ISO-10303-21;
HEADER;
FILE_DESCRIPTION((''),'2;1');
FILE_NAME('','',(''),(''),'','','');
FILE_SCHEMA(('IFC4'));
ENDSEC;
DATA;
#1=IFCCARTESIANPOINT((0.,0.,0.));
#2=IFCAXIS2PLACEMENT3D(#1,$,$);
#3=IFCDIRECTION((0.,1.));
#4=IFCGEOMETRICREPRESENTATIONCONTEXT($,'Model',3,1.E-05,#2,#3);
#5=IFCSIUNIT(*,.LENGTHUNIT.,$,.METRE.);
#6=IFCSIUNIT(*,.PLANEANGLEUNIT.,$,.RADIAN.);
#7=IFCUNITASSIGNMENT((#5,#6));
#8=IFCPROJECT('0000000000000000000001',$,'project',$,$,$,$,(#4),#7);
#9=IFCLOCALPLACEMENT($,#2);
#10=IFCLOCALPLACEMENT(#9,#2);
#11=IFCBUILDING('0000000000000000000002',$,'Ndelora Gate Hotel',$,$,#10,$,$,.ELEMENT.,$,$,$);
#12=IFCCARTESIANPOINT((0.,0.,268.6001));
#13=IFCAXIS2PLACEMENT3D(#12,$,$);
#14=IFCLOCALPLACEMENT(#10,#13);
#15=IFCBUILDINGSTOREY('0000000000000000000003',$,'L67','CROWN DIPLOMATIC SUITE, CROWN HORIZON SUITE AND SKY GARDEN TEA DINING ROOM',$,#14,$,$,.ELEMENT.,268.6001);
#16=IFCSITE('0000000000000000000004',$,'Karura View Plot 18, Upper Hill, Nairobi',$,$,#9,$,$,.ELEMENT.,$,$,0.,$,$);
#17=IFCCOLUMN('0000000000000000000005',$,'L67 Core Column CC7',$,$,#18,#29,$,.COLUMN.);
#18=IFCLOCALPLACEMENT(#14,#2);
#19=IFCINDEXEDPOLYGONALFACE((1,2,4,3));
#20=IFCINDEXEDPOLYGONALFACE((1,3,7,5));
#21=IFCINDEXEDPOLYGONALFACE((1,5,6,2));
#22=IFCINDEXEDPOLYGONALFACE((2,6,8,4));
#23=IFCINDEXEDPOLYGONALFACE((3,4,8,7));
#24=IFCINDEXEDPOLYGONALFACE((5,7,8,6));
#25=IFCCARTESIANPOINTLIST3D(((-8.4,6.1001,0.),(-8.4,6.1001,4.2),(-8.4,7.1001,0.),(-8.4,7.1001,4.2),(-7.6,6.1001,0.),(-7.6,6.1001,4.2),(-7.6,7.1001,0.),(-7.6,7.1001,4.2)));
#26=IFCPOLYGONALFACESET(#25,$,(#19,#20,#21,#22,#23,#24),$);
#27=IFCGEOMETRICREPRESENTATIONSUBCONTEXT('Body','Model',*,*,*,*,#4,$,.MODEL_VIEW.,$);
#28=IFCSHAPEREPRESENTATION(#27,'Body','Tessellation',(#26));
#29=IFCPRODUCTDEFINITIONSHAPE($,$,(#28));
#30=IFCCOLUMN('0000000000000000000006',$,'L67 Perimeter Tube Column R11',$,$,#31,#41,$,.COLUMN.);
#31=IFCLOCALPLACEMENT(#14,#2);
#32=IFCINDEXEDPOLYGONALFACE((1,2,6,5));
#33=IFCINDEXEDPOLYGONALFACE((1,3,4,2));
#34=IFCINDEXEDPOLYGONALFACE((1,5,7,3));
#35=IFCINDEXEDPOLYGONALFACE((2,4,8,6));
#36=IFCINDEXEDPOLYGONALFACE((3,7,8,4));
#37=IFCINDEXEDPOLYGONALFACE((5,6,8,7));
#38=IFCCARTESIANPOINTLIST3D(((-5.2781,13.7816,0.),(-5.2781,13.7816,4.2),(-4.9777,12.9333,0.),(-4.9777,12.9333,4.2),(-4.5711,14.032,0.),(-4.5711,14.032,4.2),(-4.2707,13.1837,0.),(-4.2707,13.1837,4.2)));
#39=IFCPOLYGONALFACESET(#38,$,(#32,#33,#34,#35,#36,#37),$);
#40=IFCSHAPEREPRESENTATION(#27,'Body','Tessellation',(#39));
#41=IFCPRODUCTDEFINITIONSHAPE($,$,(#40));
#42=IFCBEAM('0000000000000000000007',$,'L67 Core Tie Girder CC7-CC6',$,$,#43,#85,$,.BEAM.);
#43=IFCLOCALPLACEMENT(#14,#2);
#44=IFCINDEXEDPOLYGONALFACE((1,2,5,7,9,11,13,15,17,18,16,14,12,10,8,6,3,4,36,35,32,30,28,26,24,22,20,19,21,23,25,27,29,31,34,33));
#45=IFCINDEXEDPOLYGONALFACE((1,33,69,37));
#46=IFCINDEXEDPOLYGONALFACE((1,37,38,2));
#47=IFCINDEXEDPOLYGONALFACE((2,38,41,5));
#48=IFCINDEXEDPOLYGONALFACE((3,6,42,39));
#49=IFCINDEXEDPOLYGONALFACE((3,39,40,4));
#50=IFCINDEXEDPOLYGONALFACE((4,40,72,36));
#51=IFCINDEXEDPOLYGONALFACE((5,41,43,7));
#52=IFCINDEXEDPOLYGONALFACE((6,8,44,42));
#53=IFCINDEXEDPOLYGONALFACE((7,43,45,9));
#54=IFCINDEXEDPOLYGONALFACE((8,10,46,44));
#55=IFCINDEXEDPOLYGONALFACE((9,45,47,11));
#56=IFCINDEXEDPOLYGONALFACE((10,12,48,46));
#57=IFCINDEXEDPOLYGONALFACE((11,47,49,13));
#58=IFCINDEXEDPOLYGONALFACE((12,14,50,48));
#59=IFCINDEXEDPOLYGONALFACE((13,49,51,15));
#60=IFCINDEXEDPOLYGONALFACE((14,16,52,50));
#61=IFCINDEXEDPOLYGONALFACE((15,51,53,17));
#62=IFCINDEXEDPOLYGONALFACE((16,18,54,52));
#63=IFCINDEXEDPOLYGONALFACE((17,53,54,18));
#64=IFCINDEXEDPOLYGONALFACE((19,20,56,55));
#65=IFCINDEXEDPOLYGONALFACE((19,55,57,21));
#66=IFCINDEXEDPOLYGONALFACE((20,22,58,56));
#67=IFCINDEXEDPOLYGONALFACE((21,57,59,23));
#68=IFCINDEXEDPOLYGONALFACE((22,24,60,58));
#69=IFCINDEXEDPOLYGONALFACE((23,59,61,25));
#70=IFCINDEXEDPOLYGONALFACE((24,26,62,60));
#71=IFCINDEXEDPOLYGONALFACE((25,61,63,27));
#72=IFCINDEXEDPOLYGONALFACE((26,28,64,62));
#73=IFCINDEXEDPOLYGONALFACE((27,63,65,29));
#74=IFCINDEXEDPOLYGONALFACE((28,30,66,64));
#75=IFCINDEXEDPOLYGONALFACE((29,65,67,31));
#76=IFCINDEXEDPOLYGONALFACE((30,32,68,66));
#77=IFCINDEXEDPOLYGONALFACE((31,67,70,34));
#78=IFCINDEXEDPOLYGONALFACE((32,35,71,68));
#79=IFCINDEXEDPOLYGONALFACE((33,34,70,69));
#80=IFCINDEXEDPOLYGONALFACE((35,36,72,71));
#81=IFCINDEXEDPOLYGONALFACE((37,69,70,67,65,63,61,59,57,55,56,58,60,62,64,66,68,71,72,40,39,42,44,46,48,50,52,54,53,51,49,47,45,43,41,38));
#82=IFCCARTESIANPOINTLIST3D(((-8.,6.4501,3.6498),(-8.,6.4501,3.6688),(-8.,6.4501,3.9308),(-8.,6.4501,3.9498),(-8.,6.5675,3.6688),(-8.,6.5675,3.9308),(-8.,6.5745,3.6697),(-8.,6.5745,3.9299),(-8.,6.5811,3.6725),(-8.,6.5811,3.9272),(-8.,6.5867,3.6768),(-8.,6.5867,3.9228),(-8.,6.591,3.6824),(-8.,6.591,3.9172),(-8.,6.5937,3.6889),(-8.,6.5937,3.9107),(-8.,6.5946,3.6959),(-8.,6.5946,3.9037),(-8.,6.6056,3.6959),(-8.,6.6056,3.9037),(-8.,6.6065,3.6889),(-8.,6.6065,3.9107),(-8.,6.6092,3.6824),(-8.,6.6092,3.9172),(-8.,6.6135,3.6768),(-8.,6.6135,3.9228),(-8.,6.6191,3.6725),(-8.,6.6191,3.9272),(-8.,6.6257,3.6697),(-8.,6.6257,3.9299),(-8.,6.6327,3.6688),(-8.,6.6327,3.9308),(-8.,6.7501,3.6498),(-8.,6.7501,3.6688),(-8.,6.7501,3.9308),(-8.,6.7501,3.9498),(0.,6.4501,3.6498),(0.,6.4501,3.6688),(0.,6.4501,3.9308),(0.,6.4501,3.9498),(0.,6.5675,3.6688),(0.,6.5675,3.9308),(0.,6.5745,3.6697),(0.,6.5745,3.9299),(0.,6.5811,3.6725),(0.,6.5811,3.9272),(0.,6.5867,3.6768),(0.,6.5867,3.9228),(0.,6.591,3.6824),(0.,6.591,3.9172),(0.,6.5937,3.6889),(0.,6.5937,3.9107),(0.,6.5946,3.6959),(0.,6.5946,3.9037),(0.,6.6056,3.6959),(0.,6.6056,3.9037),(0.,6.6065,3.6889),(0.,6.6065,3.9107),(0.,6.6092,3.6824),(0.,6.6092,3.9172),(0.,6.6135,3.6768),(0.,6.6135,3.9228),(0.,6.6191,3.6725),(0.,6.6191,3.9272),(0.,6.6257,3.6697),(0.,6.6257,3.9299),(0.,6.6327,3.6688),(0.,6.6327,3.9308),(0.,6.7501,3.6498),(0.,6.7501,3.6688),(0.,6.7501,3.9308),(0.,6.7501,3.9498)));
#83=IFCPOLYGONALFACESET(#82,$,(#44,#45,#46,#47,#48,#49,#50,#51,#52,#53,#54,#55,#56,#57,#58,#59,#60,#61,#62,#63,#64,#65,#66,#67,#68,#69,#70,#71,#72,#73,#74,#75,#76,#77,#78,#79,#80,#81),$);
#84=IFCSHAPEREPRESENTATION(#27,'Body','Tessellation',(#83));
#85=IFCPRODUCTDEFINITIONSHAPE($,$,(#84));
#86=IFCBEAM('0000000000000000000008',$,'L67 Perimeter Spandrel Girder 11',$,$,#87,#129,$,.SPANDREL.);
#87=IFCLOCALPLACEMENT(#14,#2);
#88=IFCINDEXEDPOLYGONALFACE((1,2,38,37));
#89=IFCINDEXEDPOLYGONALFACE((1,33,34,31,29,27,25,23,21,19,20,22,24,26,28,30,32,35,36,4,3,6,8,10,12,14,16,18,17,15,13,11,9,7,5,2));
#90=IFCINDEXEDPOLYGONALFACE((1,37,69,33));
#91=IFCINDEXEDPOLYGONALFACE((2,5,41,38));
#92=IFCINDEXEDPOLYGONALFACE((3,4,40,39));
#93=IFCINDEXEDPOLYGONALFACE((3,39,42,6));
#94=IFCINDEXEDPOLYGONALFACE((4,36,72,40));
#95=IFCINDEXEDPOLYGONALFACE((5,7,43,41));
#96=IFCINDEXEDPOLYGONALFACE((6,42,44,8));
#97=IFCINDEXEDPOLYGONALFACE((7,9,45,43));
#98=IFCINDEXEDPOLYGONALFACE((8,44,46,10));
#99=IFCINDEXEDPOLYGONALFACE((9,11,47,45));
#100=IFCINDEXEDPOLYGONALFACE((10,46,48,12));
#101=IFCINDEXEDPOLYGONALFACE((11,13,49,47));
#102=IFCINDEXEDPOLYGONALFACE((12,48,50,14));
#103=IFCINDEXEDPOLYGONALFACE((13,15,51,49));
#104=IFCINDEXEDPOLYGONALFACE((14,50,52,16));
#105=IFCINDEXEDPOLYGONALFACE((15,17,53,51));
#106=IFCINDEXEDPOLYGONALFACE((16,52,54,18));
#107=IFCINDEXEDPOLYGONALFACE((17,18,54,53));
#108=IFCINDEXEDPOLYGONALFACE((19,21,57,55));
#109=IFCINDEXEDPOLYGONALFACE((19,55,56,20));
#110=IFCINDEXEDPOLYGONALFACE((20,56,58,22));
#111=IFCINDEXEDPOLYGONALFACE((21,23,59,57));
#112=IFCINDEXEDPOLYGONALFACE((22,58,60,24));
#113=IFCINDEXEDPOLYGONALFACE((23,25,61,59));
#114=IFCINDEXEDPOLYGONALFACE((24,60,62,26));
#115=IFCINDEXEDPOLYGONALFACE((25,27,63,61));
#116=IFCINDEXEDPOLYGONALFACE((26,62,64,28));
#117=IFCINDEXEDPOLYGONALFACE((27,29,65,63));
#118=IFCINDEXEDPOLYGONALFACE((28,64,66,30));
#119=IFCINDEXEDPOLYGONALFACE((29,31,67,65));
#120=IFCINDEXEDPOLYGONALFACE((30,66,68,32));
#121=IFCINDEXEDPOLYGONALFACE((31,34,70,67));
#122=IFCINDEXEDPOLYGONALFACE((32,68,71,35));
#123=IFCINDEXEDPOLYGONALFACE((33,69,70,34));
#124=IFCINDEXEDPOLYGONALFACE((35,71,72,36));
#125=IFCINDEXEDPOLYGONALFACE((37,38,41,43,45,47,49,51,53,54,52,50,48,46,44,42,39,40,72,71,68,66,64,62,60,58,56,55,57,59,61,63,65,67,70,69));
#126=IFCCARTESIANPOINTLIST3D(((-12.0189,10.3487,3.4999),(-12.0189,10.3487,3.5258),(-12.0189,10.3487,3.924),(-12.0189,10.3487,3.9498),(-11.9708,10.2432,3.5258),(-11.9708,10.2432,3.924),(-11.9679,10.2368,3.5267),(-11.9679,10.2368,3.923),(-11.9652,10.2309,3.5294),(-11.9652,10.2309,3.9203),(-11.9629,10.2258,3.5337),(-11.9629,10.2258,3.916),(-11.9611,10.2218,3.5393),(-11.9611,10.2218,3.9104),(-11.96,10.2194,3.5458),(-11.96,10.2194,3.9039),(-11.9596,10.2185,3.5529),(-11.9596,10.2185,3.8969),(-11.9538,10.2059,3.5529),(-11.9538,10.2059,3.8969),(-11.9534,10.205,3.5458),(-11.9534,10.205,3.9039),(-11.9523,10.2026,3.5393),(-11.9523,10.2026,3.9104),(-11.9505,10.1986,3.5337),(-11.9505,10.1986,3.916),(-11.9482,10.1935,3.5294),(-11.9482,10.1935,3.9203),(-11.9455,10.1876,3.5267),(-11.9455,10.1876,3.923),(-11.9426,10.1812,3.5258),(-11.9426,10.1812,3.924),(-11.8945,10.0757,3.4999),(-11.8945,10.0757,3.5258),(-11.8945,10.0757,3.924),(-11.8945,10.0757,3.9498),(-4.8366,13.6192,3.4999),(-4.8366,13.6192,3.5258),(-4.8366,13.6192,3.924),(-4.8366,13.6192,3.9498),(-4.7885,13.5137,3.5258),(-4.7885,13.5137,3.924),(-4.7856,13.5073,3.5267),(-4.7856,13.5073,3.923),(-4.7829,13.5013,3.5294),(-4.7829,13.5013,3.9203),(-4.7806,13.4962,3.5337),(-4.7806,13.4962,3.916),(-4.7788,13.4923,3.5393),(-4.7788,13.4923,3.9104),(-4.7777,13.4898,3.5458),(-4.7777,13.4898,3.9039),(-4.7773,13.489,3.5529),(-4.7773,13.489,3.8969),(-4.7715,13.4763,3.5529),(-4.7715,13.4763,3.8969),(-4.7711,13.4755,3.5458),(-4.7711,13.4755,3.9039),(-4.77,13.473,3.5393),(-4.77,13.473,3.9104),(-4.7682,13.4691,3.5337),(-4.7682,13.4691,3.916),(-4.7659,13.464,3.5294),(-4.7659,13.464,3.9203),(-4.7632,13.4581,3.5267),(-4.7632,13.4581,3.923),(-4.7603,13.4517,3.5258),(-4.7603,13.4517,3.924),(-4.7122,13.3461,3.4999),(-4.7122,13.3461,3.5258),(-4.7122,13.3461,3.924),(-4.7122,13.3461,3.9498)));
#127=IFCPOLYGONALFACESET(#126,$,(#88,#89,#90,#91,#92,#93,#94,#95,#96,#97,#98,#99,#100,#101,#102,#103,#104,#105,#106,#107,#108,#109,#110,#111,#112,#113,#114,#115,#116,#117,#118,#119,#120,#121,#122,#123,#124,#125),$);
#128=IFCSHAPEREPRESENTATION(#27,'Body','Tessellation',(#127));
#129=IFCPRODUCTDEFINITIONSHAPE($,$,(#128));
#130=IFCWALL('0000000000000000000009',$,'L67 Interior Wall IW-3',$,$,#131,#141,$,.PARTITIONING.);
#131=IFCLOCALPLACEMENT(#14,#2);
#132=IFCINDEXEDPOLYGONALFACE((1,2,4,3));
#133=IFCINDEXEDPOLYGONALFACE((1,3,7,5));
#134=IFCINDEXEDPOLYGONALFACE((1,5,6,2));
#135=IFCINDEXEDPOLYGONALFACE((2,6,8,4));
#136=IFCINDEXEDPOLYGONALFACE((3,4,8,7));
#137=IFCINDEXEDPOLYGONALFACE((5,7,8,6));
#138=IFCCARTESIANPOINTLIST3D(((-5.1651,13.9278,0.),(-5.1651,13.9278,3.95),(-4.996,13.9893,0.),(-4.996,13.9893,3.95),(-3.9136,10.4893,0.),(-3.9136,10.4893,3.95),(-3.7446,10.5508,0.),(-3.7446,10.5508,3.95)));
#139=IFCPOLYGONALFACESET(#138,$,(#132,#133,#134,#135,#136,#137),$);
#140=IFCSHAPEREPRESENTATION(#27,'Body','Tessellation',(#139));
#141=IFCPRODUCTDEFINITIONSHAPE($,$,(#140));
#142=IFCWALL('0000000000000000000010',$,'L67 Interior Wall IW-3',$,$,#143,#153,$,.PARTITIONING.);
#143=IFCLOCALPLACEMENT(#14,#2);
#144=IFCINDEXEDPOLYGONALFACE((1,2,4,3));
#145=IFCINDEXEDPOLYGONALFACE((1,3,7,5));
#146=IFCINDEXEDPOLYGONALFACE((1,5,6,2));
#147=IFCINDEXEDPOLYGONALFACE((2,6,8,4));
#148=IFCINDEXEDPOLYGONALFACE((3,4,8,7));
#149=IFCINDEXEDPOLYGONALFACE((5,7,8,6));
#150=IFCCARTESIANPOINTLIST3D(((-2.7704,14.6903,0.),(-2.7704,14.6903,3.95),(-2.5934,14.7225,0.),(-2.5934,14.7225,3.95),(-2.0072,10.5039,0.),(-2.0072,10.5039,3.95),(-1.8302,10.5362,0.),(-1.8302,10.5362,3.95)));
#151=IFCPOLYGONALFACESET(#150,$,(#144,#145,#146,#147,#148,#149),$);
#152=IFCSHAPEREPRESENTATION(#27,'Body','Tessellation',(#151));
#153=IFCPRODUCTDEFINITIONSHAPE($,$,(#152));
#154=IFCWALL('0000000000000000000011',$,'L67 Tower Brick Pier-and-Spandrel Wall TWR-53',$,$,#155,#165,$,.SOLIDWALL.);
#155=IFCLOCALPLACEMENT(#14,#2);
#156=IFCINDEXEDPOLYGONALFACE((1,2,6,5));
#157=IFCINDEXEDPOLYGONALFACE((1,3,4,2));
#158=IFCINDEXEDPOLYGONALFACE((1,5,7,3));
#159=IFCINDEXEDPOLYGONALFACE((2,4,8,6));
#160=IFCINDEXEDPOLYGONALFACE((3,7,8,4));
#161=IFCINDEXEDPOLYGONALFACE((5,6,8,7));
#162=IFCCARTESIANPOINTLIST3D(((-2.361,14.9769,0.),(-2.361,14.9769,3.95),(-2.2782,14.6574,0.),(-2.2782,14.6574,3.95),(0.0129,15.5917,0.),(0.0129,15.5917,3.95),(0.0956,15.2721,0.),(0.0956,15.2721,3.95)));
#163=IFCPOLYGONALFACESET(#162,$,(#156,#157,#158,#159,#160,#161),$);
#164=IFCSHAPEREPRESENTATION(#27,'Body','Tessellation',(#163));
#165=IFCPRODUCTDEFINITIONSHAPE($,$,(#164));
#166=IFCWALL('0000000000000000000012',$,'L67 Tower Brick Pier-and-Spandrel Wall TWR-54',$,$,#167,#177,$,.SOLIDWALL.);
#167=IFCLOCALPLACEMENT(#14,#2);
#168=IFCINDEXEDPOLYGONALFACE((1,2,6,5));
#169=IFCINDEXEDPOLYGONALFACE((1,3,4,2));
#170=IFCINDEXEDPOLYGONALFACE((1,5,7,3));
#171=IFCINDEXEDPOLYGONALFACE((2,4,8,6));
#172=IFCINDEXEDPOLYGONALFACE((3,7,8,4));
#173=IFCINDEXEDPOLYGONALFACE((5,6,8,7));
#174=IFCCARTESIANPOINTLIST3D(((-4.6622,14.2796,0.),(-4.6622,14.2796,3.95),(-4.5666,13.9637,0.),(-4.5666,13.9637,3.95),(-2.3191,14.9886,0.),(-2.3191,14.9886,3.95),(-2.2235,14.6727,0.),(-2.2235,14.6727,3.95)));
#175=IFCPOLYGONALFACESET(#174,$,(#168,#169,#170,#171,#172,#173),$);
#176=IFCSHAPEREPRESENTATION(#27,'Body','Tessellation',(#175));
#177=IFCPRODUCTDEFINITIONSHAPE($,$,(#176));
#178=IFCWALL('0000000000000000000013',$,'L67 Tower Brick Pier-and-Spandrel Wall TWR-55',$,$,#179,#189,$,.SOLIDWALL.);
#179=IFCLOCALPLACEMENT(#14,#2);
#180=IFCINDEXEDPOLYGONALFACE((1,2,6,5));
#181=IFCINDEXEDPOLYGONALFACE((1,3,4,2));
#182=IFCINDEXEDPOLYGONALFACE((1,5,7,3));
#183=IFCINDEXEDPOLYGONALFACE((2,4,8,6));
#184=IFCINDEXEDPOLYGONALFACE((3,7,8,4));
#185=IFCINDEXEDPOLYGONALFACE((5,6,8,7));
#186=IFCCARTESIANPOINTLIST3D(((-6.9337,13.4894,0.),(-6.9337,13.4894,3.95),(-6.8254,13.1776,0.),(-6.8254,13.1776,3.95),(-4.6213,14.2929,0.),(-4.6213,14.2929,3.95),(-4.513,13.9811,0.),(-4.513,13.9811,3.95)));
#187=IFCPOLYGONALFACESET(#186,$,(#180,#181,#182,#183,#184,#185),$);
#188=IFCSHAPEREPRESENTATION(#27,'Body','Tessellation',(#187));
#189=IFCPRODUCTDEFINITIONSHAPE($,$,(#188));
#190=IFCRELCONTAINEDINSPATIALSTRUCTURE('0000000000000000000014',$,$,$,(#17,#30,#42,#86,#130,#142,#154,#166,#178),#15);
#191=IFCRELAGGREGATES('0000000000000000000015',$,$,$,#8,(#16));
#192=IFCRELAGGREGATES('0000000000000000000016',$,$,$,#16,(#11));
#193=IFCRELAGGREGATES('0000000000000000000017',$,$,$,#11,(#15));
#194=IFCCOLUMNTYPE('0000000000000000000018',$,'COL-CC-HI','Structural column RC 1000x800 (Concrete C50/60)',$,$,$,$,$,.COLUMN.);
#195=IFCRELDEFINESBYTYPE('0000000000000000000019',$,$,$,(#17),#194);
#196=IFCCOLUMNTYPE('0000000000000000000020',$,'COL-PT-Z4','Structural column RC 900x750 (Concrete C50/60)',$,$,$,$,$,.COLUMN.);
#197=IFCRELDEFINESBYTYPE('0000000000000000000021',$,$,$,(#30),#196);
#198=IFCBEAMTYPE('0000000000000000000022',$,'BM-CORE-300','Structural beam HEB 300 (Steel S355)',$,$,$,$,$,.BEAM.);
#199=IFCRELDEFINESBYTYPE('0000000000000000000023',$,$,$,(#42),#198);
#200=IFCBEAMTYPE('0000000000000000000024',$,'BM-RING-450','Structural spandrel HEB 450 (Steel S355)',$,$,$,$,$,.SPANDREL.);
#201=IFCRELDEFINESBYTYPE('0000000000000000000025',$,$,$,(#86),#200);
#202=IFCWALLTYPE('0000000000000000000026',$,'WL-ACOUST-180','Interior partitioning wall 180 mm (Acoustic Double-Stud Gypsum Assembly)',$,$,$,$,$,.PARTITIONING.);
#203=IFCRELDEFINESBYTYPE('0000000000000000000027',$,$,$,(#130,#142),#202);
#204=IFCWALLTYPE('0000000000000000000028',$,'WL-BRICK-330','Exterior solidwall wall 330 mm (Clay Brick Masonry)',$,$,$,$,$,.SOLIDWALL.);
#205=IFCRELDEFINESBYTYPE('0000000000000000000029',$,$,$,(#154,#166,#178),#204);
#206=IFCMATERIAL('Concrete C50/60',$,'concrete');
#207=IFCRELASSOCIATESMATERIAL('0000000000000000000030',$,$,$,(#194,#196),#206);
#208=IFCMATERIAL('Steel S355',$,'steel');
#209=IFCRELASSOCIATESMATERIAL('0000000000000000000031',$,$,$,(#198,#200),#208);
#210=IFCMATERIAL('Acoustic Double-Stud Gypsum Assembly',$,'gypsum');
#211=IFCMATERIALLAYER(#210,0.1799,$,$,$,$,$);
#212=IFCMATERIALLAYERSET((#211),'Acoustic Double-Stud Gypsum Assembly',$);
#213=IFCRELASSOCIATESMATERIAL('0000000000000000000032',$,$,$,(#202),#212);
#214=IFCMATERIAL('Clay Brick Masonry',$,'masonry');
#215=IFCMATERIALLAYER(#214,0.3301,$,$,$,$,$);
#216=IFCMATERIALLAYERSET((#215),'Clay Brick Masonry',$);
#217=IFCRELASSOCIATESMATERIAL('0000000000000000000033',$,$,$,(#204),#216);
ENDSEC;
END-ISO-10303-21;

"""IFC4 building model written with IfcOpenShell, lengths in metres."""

from ifc_helpers import new_model, si_unit, direction, frame, frame_2d, origin, origin_2d, place, context, subcontext, project, spatial, rectangle, i_section, extrude, material, layer, layer_set, material_profile, profile_set, type_object, element, save


model = new_model("IFC4")

# Units and contexts
model_context = context("Model", 3, precision=1e-05, world=origin(), true_north=direction((0.0, 1.0)))
body_context = subcontext(model_context, "Body", "Model", "MODEL_VIEW")
ifc_project = project(units=[si_unit("LENGTHUNIT", "METRE"), si_unit("PLANEANGLEUNIT", "RADIAN")], contexts=[model_context])

# Site, building, storey
site_placement = place(None, origin())
site = spatial("IfcSite", under=ifc_project, at=site_placement, Name="Karura View Plot 18, Upper Hill, Nairobi", CompositionType="ELEMENT", RefElevation=0.0)
building_placement = place(site_placement, origin())
building = spatial("IfcBuilding", under=site, at=building_placement, Name="Ndelora Gate Hotel", CompositionType="ELEMENT")
storey_placement = place(building_placement, frame((0.0, 0.0, 268.6001)))
storey = spatial("IfcBuildingStorey", under=building, at=storey_placement, Name="L67", Description="CROWN DIPLOMATIC SUITE, CROWN HORIZON SUITE AND SKY GARDEN TEA DINING ROOM", CompositionType="ELEMENT", Elevation=268.6001)

# Columns
ifc_material_1 = material(Name="Concrete C50/60", Category="concrete")
ifc_material_profile_1 = material_profile(ifc_material_1, rectangle(XDim=0.8, YDim=1.0, at=origin_2d()), Name="RC 1000x800")
ifc_profile_set_1 = profile_set([ifc_material_profile_1], Name="Concrete C50/60")
column_type_1 = type_object("IfcColumnType", Name="COL-CC-HI", Description="Structural column RC 1000x800 (Concrete C50/60)", PredefinedType="COLUMN", material=ifc_profile_set_1)
column_1_placement = place(storey_placement, frame((-8.0, 6.6001, 0.0), z_axis=(0.0, 0.0, 1.0), x_axis=(1.0, 0.0, 0.0)))
element("IfcColumn", 1, at=column_1_placement, inside=storey, type_object=column_type_1, Name="L67 Core Column CC7", PredefinedType="COLUMN", context=body_context, shape_type="SweptSolid", body=[
    extrude(rectangle(XDim=0.8, YDim=1.0, at=origin_2d()), origin(), (0.0, 0.0, 1.0), 4.2),
])
ifc_material_profile_2 = material_profile(ifc_material_1, rectangle(XDim=0.75, YDim=0.8999, at=origin_2d()), Name="RC 900x750")
ifc_profile_set_2 = profile_set([ifc_material_profile_2], Name="Concrete C50/60")
column_type_2 = type_object("IfcColumnType", Name="COL-PT-Z4", Description="Structural column RC 900x750 (Concrete C50/60)", PredefinedType="COLUMN", material=ifc_profile_set_2)
column_2_placement = place(storey_placement, frame((-4.7744, 13.4827, 0.0), z_axis=(0.0, 0.0, 1.0), x_axis=(0.942641, 0.333807, 0.0)))
element("IfcColumn", 2, at=column_2_placement, inside=storey, type_object=column_type_2, Name="L67 Perimeter Tube Column R11", PredefinedType="COLUMN", context=body_context, shape_type="SweptSolid", body=[
    extrude(rectangle(XDim=0.75, YDim=0.8999, at=origin_2d()), origin(), (0.0, 0.0, 1.0), 4.2),
])

# Beams
ifc_material_2 = material(Name="Steel S355", Category="steel")
ifc_material_profile_3 = material_profile(ifc_material_2, i_section(OverallWidth=0.3, OverallDepth=0.3, WebThickness=0.011, FlangeThickness=0.019, FilletRadius=0.0271, at=origin_2d()), Name="HEB 300")
ifc_profile_set_3 = profile_set([ifc_material_profile_3], Name="Steel S355")
beam_type_1 = type_object("IfcBeamType", Name="BM-CORE-300", Description="Structural beam HEB 300 (Steel S355)", PredefinedType="BEAM", material=ifc_profile_set_3)
beam_1_placement = place(storey_placement, frame((-8.0, 6.6001, 3.7998), z_axis=(1.0, 0.0, 0.0), x_axis=(0.0, 1.0, 0.0)))
element("IfcBeam", 3, at=beam_1_placement, inside=storey, type_object=beam_type_1, Name="L67 Core Tie Girder CC7-CC6", PredefinedType="BEAM", context=body_context, shape_type="SweptSolid", body=[
    extrude(i_section(OverallWidth=0.3, OverallDepth=0.3, WebThickness=0.011, FlangeThickness=0.019, FilletRadius=0.0271, at=origin_2d()), origin(), (0.0, 0.0, 1.0), 8.0),
])
ifc_material_profile_4 = material_profile(ifc_material_2, i_section(OverallWidth=0.3, OverallDepth=0.45, WebThickness=0.0139, FlangeThickness=0.0259, FilletRadius=0.0271, at=origin_2d()), Name="HEB 450")
ifc_profile_set_4 = profile_set([ifc_material_profile_4], Name="Steel S355")
beam_type_2 = type_object("IfcBeamType", Name="BM-RING-450", Description="Structural spandrel HEB 450 (Steel S355)", PredefinedType="SPANDREL", material=ifc_profile_set_4)
beam_2_placement = place(storey_placement, frame((-4.7744, 13.4827, 3.7249), z_axis=(-0.91009, -0.414411, 0.0), x_axis=(0.414411, -0.91009, 0.0)))
element("IfcBeam", 4, at=beam_2_placement, inside=storey, type_object=beam_type_2, Name="L67 Perimeter Spandrel Girder 11", PredefinedType="SPANDREL", context=body_context, shape_type="SweptSolid", body=[
    extrude(i_section(OverallWidth=0.3, OverallDepth=0.45, WebThickness=0.0139, FlangeThickness=0.0259, FilletRadius=0.0271, at=origin_2d()), origin(), (0.0, 0.0, 1.0), 7.8918),
])

# Walls
ifc_material_3 = material(Name="Acoustic Double-Stud Gypsum Assembly", Category="gypsum")
ifc_layer_1 = layer(ifc_material_3, 0.1799)
ifc_layer_set_1 = layer_set([ifc_layer_1], Name="Acoustic Double-Stud Gypsum Assembly")
wall_type_1 = type_object("IfcWallType", Name="WL-ACOUST-180", Description="Interior partitioning wall 180 mm (Acoustic Double-Stud Gypsum Assembly)", PredefinedType="PARTITIONING", material=ifc_layer_set_1)
wall_1_placement = place(storey_placement, frame((-3.8291, 10.52, 0.0), z_axis=(0.0, 0.0, 1.0), x_axis=(-0.342011, 0.939696, 0.0)))
element("IfcWall", 5, at=wall_1_placement, inside=storey, type_object=wall_type_1, Name="L67 Interior Wall IW-3", PredefinedType="PARTITIONING", context=body_context, shape_type="SweptSolid", body=[
    extrude(rectangle(XDim=3.6592, YDim=0.1799, at=frame_2d((1.8296, 0.0))), origin(), (0.0, 0.0, 1.0), 3.95),
])
wall_2_placement = place(storey_placement, frame((-1.9187, 10.52, 0.0), z_axis=(0.0, 0.0, 1.0), x_axis=(-0.17935, 0.983785, 0.0)))
element("IfcWall", 6, at=wall_2_placement, inside=storey, type_object=wall_type_1, Name="L67 Interior Wall IW-3", PredefinedType="PARTITIONING", context=body_context, shape_type="SweptSolid", body=[
    extrude(rectangle(XDim=4.2554, YDim=0.1799, at=frame_2d((2.1277, 0.0))), origin(), (0.0, 0.0, 1.0), 3.95),
])
ifc_material_4 = material(Name="Clay Brick Masonry", Category="masonry")
ifc_layer_2 = layer(ifc_material_4, 0.3301)
ifc_layer_set_2 = layer_set([ifc_layer_2], Name="Clay Brick Masonry")
wall_type_2 = type_object("IfcWallType", Name="WL-BRICK-330", Description="Exterior solidwall wall 330 mm (Clay Brick Masonry)", PredefinedType="SOLIDWALL", material=ifc_layer_set_2)
wall_3_placement = place(storey_placement, frame((-2.3196, 14.8171, 0.0), z_axis=(0.0, 0.0, 1.0), x_axis=(0.968064, 0.250703, 0.0)))
element("IfcWall", 7, at=wall_3_placement, inside=storey, type_object=wall_type_2, Name="L67 Tower Brick Pier-and-Spandrel Wall TWR-53", PredefinedType="SOLIDWALL", context=body_context, shape_type="SweptSolid", body=[
    extrude(rectangle(XDim=2.4521, YDim=0.3301, at=frame_2d((1.2261, 0.0))), origin(), (0.0, 0.0, 1.0), 3.95),
])
for number, where, z_axis, x_axis, name in (
    (8, (-4.6145, 14.1216, 0.0), (0.0, 0.0, 1.0), (0.95714, 0.289625, 0.0), "L67 Tower Brick Pier-and-Spandrel Wall TWR-54"),
    (9, (-6.8796, 13.3335, 0.0), (0.0, 0.0, 1.0), (0.944608, 0.3282, 0.0), "L67 Tower Brick Pier-and-Spandrel Wall TWR-55"),
):
    element("IfcWall", number, at=place(storey_placement, frame(where, z_axis=z_axis, x_axis=x_axis)), inside=storey, type_object=wall_type_2, Name=name, PredefinedType="SOLIDWALL", context=body_context, shape_type="SweptSolid", body=[
        extrude(rectangle(XDim=2.448, YDim=0.3301, at=frame_2d((1.2241, 0.0))), origin(), (0.0, 0.0, 1.0), 3.95),
    ])

save(model, "model.ifc")
